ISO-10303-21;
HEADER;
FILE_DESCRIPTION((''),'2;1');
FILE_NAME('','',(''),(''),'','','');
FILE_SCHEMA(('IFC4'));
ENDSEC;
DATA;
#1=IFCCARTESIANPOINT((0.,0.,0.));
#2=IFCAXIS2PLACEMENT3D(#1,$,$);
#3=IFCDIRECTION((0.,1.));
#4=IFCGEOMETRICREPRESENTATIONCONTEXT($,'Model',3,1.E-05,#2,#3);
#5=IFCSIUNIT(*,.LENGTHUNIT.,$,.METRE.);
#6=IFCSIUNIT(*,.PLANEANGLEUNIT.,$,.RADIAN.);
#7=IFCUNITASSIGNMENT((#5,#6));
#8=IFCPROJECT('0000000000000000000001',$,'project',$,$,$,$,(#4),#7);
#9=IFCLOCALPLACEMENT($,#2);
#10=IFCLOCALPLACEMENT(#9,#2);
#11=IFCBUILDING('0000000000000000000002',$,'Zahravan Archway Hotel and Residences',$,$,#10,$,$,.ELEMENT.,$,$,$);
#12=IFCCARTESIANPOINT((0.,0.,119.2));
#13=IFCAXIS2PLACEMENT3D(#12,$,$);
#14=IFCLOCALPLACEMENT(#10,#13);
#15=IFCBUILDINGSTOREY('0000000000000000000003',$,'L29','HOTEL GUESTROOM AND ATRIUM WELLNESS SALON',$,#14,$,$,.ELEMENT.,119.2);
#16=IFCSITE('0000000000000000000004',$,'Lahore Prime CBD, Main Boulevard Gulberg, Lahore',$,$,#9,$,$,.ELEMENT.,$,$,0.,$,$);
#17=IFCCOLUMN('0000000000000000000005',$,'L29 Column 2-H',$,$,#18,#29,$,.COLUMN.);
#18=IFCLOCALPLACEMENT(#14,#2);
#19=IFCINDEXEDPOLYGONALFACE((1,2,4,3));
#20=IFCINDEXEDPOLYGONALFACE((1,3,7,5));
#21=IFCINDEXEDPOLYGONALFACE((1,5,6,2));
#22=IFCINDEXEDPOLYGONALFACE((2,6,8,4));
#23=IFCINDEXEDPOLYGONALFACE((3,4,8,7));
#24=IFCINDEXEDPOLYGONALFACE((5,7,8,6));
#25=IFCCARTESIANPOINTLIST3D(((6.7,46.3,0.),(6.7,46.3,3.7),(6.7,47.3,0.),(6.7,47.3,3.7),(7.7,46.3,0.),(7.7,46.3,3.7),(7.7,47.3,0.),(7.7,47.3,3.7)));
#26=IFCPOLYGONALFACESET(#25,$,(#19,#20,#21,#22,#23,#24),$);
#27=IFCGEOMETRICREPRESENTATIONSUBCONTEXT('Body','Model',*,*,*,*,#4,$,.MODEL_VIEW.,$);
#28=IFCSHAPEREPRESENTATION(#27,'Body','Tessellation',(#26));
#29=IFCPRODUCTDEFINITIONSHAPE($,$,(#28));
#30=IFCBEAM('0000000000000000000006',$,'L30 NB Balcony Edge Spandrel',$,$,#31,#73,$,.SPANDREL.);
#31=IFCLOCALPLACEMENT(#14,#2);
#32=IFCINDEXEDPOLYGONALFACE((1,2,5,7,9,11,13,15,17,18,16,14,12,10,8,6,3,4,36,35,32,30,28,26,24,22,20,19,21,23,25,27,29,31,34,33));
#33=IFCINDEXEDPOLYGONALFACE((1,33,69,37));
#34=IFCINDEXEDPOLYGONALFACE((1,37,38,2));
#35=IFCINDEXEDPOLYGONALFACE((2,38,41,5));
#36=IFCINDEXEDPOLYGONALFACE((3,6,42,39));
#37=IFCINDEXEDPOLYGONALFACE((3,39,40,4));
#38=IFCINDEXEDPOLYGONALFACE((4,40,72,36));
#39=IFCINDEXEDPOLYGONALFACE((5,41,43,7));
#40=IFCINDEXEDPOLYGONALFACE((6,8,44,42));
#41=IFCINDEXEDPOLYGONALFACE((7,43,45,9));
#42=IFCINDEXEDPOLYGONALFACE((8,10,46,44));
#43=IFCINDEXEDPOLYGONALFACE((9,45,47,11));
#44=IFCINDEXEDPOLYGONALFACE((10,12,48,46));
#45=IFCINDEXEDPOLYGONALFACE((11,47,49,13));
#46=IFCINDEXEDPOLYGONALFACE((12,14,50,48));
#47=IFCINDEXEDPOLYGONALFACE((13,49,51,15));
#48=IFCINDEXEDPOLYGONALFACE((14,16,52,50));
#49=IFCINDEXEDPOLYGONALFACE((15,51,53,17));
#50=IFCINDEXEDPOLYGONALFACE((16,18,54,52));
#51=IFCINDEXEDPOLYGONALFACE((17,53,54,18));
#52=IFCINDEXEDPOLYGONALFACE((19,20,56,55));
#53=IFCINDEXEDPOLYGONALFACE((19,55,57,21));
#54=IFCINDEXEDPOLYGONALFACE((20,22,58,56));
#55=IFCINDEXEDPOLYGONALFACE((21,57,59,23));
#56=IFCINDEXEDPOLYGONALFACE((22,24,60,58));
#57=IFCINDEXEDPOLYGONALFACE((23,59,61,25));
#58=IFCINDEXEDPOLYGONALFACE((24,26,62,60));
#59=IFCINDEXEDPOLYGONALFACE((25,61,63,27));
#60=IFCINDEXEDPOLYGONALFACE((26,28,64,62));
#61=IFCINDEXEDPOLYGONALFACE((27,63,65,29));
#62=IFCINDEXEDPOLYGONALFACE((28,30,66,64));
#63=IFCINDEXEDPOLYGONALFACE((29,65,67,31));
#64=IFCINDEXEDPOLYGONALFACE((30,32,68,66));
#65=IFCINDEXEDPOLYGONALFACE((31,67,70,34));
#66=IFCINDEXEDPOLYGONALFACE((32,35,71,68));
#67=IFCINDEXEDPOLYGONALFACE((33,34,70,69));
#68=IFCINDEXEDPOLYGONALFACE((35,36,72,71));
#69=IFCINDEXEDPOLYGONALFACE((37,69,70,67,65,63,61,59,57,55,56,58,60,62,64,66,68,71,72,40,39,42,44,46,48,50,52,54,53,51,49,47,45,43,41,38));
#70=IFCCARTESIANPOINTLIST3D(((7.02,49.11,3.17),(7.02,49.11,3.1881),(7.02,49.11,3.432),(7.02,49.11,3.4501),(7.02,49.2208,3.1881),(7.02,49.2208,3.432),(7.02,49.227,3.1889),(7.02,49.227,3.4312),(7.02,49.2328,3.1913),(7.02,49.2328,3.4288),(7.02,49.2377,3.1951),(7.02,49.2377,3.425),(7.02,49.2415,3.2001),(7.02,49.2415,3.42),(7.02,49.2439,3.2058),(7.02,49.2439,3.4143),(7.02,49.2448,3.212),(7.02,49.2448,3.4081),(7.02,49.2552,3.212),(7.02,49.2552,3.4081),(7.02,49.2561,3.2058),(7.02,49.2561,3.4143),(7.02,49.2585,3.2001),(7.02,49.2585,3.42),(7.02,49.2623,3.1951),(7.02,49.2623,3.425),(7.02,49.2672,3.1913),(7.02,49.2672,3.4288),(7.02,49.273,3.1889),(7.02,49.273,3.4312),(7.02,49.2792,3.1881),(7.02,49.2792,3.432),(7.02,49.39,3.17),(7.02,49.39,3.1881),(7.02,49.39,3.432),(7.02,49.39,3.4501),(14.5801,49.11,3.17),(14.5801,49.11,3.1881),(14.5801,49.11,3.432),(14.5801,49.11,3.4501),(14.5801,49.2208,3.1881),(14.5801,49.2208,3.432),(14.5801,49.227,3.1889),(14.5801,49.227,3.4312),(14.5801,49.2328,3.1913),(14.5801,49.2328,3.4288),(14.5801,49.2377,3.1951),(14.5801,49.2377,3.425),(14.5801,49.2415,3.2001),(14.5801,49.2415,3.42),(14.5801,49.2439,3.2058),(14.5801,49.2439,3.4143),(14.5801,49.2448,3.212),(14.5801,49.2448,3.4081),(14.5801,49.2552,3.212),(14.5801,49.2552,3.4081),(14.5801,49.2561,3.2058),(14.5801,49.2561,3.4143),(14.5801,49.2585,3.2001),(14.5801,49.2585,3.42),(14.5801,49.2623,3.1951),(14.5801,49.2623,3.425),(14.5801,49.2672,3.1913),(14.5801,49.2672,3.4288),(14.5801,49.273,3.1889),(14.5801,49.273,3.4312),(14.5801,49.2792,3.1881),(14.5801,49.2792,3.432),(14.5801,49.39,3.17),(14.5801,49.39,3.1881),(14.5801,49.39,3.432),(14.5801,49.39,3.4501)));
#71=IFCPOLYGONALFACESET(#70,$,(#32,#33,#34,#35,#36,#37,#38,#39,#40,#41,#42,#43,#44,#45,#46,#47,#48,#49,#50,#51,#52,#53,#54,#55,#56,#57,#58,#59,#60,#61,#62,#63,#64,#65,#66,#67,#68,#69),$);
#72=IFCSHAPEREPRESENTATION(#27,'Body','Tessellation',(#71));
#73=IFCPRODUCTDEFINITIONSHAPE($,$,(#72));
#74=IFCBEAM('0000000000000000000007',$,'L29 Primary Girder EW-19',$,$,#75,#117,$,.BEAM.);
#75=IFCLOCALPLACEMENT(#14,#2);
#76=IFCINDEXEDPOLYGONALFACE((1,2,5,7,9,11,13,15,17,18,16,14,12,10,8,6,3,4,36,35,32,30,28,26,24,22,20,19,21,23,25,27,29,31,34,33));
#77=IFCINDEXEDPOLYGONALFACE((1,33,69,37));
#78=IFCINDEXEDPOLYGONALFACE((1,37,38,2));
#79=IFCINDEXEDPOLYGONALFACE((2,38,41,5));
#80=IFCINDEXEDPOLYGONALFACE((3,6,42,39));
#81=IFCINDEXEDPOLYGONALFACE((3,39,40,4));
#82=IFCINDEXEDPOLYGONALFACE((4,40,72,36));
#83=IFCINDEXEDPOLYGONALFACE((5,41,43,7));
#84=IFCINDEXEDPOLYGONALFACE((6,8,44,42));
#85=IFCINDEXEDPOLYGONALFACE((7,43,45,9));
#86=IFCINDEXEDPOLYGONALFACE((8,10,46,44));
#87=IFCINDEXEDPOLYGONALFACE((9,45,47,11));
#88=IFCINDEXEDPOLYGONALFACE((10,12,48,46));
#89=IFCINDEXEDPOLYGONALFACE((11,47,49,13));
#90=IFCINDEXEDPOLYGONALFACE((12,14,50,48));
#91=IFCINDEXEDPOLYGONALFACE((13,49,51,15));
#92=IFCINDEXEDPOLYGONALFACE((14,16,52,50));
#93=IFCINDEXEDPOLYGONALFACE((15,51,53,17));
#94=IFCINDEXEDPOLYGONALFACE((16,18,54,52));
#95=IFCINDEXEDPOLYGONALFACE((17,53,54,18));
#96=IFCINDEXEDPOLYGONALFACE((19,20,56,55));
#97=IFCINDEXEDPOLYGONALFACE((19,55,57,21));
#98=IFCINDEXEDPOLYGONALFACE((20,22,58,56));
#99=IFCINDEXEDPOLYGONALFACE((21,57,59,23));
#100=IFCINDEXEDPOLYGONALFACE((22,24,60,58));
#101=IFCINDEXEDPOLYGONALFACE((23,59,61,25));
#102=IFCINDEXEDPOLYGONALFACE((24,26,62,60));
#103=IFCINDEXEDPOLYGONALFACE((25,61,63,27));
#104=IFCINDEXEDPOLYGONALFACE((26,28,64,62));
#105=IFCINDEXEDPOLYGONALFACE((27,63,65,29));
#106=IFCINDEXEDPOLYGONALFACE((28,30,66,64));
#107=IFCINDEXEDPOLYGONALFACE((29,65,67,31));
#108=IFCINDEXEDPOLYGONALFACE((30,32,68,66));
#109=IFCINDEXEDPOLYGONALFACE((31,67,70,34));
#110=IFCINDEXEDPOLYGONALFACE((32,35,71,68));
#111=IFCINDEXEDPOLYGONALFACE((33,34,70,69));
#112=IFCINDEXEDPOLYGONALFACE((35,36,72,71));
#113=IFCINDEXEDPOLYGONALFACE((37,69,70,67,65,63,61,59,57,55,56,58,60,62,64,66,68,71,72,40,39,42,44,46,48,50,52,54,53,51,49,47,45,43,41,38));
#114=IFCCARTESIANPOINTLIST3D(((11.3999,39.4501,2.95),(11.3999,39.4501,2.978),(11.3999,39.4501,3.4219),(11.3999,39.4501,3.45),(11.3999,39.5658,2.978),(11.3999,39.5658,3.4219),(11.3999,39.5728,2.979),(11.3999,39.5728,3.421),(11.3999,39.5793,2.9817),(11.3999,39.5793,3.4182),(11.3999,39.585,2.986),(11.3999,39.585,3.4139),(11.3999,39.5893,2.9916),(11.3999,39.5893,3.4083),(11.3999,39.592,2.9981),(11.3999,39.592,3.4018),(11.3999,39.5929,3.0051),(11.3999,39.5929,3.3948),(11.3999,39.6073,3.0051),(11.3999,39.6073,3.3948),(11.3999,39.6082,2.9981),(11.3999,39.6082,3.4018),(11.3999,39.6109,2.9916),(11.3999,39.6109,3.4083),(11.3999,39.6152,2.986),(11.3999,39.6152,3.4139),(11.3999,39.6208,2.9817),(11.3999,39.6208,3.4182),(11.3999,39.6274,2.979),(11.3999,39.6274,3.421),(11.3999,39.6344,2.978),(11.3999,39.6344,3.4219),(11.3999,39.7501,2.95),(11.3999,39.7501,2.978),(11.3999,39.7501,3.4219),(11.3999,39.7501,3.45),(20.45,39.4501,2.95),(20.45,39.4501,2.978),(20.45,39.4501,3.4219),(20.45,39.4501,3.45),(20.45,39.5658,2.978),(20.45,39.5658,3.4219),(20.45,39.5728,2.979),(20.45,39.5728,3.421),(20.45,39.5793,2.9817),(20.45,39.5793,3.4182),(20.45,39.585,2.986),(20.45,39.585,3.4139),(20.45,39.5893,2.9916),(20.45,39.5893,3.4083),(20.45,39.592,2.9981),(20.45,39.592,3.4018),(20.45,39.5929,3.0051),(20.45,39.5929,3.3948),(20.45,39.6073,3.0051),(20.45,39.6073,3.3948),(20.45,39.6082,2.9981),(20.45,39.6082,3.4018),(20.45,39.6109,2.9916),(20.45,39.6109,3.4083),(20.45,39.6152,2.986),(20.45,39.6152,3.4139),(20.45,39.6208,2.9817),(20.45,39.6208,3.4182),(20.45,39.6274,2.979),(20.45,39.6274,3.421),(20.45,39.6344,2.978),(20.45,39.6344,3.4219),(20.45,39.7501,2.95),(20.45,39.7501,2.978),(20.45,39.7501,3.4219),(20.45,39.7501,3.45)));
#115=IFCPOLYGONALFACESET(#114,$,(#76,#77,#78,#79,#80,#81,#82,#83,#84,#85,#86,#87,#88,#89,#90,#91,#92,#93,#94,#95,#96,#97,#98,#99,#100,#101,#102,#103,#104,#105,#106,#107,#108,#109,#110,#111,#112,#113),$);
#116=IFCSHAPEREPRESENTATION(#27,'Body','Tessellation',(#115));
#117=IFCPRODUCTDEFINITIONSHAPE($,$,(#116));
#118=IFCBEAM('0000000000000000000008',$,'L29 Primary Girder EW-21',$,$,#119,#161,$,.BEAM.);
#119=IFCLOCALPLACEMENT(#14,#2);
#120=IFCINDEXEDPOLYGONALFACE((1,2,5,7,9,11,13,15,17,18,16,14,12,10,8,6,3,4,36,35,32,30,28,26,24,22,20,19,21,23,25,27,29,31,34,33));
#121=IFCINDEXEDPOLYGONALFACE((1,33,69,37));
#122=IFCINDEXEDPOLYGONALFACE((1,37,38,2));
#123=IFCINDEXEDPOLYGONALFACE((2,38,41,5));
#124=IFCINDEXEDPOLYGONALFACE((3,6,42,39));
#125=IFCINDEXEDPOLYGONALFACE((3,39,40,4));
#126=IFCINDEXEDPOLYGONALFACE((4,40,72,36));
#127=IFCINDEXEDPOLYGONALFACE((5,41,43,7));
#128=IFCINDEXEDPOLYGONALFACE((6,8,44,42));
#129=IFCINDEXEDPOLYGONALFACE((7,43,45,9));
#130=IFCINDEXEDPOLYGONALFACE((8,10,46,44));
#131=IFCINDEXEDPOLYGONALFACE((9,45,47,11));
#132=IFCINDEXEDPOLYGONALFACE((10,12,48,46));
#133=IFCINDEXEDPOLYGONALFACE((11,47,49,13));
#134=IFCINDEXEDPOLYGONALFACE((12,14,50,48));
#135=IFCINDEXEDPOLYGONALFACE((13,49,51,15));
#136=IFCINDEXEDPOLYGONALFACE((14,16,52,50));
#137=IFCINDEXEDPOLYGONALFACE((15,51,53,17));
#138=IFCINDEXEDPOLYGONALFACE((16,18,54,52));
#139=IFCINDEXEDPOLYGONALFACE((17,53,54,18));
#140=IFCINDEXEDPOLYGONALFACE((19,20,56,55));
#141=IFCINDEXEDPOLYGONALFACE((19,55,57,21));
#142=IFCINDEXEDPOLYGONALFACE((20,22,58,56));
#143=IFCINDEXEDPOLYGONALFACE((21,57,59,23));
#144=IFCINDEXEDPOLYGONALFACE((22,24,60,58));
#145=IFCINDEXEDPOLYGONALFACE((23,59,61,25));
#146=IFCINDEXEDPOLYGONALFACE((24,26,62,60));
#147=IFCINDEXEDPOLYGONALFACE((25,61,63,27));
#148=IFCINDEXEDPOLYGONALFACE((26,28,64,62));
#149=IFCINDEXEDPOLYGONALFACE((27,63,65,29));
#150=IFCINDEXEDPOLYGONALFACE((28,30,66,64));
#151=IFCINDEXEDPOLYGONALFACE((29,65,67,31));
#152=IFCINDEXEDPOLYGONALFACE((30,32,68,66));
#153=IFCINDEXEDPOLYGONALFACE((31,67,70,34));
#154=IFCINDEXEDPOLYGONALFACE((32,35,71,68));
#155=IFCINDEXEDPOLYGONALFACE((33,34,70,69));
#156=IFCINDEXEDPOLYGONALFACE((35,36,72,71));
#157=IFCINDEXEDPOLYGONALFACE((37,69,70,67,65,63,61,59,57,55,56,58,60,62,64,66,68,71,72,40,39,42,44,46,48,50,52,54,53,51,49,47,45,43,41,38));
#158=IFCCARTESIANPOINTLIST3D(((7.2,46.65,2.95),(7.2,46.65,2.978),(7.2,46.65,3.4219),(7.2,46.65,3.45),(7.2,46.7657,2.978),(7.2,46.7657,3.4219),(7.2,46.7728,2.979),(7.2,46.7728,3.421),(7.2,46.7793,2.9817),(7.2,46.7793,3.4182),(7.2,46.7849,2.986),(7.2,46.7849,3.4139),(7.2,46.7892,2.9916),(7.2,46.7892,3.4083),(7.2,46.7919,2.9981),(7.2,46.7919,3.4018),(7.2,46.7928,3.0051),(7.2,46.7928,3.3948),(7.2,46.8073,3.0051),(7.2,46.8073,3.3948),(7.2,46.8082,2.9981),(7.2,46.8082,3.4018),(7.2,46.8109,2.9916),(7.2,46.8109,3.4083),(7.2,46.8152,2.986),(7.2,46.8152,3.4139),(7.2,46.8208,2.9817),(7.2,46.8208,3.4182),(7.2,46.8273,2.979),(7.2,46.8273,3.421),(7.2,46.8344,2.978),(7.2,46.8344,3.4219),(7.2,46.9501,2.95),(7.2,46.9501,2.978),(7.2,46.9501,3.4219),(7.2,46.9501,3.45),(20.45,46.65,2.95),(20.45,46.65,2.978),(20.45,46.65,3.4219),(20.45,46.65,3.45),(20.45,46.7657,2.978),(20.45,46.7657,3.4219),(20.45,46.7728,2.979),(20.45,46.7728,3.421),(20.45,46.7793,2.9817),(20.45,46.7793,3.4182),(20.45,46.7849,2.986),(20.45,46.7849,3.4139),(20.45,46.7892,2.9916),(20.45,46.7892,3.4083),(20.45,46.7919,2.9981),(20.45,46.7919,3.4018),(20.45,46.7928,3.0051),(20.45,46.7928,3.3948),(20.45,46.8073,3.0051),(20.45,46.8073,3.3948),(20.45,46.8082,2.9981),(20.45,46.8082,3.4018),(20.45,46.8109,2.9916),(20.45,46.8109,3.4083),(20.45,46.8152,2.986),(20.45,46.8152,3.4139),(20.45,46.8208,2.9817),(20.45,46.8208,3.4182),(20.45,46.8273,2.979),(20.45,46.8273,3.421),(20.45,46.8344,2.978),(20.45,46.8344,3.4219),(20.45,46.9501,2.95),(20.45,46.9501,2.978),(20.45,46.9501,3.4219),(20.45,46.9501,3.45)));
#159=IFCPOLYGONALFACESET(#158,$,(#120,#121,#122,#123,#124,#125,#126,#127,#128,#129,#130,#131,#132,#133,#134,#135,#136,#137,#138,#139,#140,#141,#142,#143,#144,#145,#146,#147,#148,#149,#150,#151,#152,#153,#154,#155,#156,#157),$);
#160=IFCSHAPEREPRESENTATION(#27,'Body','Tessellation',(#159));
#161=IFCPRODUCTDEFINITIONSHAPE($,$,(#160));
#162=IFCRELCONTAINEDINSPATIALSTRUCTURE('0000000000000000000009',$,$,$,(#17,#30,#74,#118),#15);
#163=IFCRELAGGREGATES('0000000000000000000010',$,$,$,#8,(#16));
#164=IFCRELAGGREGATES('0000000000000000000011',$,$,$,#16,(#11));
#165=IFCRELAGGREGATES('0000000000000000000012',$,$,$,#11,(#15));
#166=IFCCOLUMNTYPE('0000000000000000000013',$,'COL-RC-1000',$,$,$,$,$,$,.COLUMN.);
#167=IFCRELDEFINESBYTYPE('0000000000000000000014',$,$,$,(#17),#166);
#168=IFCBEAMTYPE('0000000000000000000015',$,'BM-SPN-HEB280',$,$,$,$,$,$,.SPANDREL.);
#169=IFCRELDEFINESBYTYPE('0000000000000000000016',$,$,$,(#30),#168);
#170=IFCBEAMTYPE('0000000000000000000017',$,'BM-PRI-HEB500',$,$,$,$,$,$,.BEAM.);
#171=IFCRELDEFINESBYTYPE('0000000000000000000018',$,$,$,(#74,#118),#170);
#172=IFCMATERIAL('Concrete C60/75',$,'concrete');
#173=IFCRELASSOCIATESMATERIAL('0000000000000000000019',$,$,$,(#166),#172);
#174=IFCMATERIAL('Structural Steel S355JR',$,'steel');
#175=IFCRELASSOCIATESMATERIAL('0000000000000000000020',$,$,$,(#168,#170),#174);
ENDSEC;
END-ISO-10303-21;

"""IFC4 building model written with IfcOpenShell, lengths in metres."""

from ifc_helpers import new_model, si_unit, direction, frame, origin, origin_2d, place, context, subcontext, project, spatial, rectangle, i_section, extrude, source, transform, mapped, material, material_profile, profile_set, type_object, type_shapes, element, save


model = new_model("IFC4")

# Units and contexts
model_context = context("Model", 3, precision=1e-05, world=origin(), true_north=direction((0.0, 1.0)))
body_context = subcontext(model_context, "Body", "Model", "MODEL_VIEW")
ifc_project = project(units=[si_unit("LENGTHUNIT", "METRE"), si_unit("PLANEANGLEUNIT", "RADIAN")], contexts=[model_context])

# Site, building, storey
site_placement = place(None, origin())
site = spatial("IfcSite", under=ifc_project, at=site_placement, Name="Lahore Prime CBD, Main Boulevard Gulberg, Lahore", CompositionType="ELEMENT", RefElevation=0.0)
building_placement = place(site_placement, origin())
building = spatial("IfcBuilding", under=site, at=building_placement, Name="Zahravan Archway Hotel and Residences", CompositionType="ELEMENT")
storey_placement = place(building_placement, frame((0.0, 0.0, 119.2)))
storey = spatial("IfcBuildingStorey", under=building, at=storey_placement, Name="L29", Description="HOTEL GUESTROOM AND ATRIUM WELLNESS SALON", CompositionType="ELEMENT", Elevation=119.2)

# Column
ifc_material_1 = material(Name="Concrete C60/75", Category="concrete")
ifc_material_profile_1 = material_profile(ifc_material_1, rectangle(XDim=1.0, YDim=1.0, at=origin_2d()), Name="RC-COL-1000x1000", Category="concrete")
ifc_profile_set_1 = profile_set([ifc_material_profile_1], Name="Concrete C60/75")
column_type = type_object("IfcColumnType", Name="COL-RC-1000", PredefinedType="COLUMN", material=ifc_profile_set_1)
shared_shape_1 = source(origin(), body_context, "Body", "SweptSolid", [
    extrude(rectangle(XDim=1.0, YDim=1.0, at=origin_2d()), origin(), (0.0, 0.0, 1.0), 3.7),
])
type_shapes(column_type, [shared_shape_1])
column_placement = place(storey_placement, frame((7.2, 46.8, 0.0), z_axis=(0.0, 0.0, 1.0), x_axis=(1.0, 0.0, 0.0)))
element("IfcColumn", 1, at=column_placement, inside=storey, type_object=column_type, Name="L29 Column 2-H", PredefinedType="COLUMN", context=body_context, shape_type="MappedRepresentation", body=[
    mapped(shared_shape_1, transform((0.0, 0.0, 0.0), scale=1.0)),
])

# Beams
ifc_material_2 = material(Name="Structural Steel S355JR", Category="steel")
ifc_material_profile_2 = material_profile(ifc_material_2, i_section(OverallWidth=0.28, OverallDepth=0.28, WebThickness=0.0105, FlangeThickness=0.0181, FilletRadius=0.0239, at=origin_2d()), Name="HEB 280", Category="steel")
ifc_profile_set_2 = profile_set([ifc_material_profile_2], Name="Structural Steel S355JR")
beam_type_1 = type_object("IfcBeamType", Name="BM-SPN-HEB280", PredefinedType="SPANDREL", material=ifc_profile_set_2)
shared_shape_2 = source(origin(), body_context, "Body", "SweptSolid", [
    extrude(i_section(OverallWidth=0.28, OverallDepth=0.28, WebThickness=0.0105, FlangeThickness=0.0181, FilletRadius=0.0239, at=origin_2d()), origin(), (0.0, 0.0, 1.0), 7.5601),
])
type_shapes(beam_type_1, [shared_shape_2])
beam_1_placement = place(storey_placement, frame((7.02, 49.25, 3.3101), z_axis=(1.0, 0.0, 0.0), x_axis=(0.0, 1.0, 0.0)))
element("IfcBeam", 2, at=beam_1_placement, inside=storey, type_object=beam_type_1, Name="L30 NB Balcony Edge Spandrel", PredefinedType="SPANDREL", context=body_context, shape_type="MappedRepresentation", body=[
    mapped(shared_shape_2, transform((0.0, 0.0, 0.0), scale=1.0)),
])
ifc_material_profile_3 = material_profile(ifc_material_2, i_section(OverallWidth=0.3, OverallDepth=0.5, WebThickness=0.0144, FlangeThickness=0.0281, FilletRadius=0.0271, at=origin_2d()), Name="HEB 500", Category="steel")
ifc_profile_set_3 = profile_set([ifc_material_profile_3], Name="Structural Steel S355JR")
beam_type_2 = type_object("IfcBeamType", Name="BM-PRI-HEB500", PredefinedType="BEAM", material=ifc_profile_set_3)
shared_shape_3 = source(origin(), body_context, "Body", "SweptSolid", [
    extrude(i_section(OverallWidth=0.3, OverallDepth=0.5, WebThickness=0.0144, FlangeThickness=0.0281, FilletRadius=0.0271, at=origin_2d()), origin(), (0.0, 0.0, 1.0), 9.05),
])
beam_2_placement = place(storey_placement, frame((11.3999, 39.6001, 3.2), z_axis=(1.0, 0.0, 0.0), x_axis=(0.0, 1.0, 0.0)))
element("IfcBeam", 3, at=beam_2_placement, inside=storey, type_object=beam_type_2, Name="L29 Primary Girder EW-19", PredefinedType="BEAM", context=body_context, shape_type="MappedRepresentation", body=[
    mapped(shared_shape_3, transform((0.0, 0.0, 0.0), scale=1.0)),
])
shared_shape_4 = source(origin(), body_context, "Body", "SweptSolid", [
    extrude(i_section(OverallWidth=0.3, OverallDepth=0.5, WebThickness=0.0144, FlangeThickness=0.0281, FilletRadius=0.0271, at=origin_2d()), origin(), (0.0, 0.0, 1.0), 13.25),
])
beam_3_placement = place(storey_placement, frame((7.2, 46.8, 3.2), z_axis=(1.0, 0.0, 0.0), x_axis=(0.0, 1.0, 0.0)))
element("IfcBeam", 4, at=beam_3_placement, inside=storey, type_object=beam_type_2, Name="L29 Primary Girder EW-21", PredefinedType="BEAM", context=body_context, shape_type="MappedRepresentation", body=[
    mapped(shared_shape_4, transform((0.0, 0.0, 0.0), scale=1.0)),
])

save(model, "model.ifc")
